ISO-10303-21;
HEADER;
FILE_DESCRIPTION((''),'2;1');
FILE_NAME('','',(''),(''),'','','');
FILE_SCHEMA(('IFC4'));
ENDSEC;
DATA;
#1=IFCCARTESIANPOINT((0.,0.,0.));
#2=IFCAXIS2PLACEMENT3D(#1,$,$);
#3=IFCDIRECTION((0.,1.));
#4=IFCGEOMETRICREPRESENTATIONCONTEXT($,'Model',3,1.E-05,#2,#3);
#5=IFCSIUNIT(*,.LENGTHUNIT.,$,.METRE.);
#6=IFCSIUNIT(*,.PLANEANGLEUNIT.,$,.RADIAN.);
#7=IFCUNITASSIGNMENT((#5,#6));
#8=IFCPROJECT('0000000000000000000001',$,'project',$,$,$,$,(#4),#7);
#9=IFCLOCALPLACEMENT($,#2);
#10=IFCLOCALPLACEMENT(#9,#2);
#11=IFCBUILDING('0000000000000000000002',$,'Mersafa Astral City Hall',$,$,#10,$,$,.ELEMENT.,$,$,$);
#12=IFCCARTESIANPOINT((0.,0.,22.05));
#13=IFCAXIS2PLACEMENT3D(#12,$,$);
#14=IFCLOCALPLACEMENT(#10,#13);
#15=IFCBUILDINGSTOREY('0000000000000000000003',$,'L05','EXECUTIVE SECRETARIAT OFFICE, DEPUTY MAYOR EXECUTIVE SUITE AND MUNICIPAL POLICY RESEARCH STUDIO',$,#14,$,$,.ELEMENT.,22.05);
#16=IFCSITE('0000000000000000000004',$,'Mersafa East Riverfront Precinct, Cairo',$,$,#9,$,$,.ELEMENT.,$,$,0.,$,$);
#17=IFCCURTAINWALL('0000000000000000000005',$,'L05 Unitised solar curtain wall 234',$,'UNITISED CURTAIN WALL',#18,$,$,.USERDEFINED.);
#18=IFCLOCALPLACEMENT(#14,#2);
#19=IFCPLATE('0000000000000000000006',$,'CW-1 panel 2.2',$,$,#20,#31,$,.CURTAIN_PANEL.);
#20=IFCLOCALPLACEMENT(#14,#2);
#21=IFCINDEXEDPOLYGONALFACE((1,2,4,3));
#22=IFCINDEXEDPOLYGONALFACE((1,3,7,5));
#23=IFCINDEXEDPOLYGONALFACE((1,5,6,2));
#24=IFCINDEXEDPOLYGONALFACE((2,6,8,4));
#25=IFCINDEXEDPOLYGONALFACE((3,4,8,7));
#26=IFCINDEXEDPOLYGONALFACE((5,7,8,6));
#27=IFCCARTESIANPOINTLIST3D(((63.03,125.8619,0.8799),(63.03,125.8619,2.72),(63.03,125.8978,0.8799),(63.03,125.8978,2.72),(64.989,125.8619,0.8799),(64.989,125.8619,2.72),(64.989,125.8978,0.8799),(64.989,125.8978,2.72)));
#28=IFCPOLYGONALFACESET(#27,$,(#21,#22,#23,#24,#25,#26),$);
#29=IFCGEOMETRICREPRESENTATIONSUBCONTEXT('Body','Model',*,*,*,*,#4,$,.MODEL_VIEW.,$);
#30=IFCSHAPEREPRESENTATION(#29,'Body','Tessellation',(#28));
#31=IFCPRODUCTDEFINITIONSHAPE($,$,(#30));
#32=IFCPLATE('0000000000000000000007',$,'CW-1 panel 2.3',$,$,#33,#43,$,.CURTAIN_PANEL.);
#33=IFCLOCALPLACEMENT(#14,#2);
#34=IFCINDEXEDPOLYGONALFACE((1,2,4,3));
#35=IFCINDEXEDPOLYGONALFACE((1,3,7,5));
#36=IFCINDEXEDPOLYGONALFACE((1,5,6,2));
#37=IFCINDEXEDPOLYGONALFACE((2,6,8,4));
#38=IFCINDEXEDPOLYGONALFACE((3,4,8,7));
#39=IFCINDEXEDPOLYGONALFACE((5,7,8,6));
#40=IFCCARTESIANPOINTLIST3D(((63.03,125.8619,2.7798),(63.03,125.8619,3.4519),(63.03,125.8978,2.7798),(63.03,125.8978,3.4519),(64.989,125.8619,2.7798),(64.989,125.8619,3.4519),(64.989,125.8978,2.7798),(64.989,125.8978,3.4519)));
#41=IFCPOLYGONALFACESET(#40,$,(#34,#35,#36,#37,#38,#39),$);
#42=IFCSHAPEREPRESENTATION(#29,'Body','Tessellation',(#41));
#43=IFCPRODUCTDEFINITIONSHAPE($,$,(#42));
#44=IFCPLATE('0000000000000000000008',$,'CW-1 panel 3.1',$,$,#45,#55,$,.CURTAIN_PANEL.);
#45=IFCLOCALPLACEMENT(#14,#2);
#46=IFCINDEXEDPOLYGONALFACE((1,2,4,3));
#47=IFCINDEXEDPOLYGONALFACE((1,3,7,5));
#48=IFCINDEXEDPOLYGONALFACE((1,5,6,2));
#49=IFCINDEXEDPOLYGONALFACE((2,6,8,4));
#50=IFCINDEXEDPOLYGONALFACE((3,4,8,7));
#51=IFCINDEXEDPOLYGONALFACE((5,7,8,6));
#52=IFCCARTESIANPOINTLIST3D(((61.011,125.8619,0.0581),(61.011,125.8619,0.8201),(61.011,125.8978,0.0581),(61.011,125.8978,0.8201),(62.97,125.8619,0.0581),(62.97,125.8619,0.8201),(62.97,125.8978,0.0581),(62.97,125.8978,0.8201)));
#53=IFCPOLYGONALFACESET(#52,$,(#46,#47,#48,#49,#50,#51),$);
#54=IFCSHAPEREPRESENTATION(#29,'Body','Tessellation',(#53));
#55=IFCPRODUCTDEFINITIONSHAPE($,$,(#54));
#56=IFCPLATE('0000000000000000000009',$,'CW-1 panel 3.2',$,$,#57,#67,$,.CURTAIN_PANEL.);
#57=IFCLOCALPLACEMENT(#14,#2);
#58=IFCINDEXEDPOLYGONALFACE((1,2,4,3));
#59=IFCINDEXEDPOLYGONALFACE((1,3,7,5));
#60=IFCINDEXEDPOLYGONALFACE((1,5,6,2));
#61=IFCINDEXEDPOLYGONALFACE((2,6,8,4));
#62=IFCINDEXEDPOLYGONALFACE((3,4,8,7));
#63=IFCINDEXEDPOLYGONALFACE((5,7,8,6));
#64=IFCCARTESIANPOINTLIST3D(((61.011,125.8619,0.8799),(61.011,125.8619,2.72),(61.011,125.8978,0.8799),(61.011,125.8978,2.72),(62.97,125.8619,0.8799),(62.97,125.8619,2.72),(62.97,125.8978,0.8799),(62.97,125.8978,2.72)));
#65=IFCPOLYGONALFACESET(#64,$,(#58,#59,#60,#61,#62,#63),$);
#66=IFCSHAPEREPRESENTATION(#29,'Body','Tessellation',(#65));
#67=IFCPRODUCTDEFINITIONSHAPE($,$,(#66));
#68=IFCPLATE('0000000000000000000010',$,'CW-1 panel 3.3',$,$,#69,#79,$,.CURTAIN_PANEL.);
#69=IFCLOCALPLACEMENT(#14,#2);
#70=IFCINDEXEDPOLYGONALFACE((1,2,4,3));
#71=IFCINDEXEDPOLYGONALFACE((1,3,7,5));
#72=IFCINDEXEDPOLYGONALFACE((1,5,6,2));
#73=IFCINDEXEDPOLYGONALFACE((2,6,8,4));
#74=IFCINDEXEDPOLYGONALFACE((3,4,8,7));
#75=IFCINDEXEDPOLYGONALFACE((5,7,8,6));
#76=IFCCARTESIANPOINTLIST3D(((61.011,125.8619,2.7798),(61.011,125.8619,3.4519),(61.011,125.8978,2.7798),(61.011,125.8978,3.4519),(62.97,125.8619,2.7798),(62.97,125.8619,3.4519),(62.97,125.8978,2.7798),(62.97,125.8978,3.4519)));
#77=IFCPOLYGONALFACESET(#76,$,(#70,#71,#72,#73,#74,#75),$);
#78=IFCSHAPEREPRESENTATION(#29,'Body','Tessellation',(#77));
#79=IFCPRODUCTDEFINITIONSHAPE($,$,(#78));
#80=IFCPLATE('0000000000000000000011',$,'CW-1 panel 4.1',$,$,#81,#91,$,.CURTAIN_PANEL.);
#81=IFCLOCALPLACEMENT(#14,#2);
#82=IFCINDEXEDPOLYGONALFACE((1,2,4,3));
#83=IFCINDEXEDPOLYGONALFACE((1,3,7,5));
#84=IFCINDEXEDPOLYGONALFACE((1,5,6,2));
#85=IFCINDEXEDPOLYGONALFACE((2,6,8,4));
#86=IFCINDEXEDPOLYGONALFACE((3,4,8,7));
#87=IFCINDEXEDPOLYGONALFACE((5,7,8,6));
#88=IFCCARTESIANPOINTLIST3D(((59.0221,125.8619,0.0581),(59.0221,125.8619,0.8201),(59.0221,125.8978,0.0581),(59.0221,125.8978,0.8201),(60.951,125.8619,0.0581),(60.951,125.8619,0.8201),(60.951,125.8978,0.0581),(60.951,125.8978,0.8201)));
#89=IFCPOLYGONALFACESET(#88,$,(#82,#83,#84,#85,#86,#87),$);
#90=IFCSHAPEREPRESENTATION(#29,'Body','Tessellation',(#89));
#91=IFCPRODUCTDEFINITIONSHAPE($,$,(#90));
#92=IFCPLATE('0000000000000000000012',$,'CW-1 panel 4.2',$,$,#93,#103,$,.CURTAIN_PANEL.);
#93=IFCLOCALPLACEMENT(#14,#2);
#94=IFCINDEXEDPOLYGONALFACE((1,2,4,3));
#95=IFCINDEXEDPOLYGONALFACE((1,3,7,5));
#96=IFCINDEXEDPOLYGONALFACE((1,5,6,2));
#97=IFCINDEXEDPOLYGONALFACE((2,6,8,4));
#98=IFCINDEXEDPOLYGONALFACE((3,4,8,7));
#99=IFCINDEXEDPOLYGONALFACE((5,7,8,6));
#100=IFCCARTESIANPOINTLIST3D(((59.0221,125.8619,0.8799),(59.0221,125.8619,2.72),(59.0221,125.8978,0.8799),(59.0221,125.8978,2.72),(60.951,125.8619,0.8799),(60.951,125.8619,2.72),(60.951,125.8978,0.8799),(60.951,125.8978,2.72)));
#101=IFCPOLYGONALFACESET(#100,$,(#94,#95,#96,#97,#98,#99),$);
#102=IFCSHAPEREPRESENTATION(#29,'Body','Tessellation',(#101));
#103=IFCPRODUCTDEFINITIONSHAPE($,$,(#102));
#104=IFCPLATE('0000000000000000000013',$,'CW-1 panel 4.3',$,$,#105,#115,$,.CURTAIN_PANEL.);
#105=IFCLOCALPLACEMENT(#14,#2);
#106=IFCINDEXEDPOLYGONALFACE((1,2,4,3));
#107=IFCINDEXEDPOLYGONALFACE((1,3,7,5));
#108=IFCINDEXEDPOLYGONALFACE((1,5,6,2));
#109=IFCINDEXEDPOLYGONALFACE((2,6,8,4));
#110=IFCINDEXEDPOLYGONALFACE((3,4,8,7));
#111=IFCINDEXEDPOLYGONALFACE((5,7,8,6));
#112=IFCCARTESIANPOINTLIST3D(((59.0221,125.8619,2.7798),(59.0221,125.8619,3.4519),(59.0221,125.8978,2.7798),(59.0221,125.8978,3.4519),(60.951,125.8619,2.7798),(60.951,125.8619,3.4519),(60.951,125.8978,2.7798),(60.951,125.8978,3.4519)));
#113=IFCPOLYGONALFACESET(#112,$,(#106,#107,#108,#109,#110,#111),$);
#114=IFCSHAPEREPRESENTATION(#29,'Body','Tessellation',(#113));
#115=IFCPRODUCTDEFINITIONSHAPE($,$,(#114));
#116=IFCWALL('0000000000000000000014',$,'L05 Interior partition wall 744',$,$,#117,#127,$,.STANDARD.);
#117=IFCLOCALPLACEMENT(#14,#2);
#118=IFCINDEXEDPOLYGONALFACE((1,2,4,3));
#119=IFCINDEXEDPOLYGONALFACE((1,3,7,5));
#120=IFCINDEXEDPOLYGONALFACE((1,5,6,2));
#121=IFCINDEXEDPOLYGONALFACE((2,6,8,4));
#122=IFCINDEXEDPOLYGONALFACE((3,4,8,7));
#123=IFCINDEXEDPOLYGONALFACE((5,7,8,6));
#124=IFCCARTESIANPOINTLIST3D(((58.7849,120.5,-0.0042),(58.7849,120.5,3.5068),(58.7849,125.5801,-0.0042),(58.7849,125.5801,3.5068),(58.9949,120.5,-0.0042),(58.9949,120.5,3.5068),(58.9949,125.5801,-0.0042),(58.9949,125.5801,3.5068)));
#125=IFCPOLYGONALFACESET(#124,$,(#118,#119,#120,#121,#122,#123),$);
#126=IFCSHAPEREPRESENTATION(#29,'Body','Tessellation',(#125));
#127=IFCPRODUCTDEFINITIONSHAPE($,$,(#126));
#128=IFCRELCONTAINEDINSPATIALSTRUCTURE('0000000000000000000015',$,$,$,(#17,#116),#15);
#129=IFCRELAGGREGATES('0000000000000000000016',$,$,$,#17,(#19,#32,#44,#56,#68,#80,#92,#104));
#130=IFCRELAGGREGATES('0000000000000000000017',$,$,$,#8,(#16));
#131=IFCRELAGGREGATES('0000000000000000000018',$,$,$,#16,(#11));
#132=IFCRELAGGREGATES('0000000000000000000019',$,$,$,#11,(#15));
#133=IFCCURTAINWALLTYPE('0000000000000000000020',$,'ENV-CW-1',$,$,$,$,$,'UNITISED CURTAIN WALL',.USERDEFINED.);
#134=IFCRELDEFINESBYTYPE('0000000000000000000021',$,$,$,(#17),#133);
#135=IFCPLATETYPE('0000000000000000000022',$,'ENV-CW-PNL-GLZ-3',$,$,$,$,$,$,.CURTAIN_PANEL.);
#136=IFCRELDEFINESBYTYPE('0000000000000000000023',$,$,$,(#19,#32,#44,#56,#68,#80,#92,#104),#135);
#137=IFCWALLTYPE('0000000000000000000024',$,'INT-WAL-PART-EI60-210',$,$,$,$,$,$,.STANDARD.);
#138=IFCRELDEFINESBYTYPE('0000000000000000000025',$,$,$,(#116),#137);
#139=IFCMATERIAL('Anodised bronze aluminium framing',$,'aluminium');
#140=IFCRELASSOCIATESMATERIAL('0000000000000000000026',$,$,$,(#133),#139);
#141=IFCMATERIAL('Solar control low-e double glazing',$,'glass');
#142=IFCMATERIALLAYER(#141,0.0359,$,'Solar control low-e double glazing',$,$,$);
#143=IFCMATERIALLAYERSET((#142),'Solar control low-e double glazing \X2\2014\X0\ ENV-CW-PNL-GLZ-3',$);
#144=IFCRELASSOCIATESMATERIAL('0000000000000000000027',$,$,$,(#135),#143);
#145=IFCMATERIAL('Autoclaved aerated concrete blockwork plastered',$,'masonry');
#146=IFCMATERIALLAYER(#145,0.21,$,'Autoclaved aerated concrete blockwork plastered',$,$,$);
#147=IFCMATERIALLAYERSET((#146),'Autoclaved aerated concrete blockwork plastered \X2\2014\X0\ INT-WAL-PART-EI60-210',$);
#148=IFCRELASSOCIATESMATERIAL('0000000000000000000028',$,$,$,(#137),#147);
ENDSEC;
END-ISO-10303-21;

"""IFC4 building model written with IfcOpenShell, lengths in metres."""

from ifc_helpers import new_model, si_unit, direction, frame, frame_2d, origin, origin_2d, place, context, subcontext, project, spatial, rectangle, extrude, material, layer, layer_set, type_object, element, aggregate, save


model = new_model("IFC4")

# Units and contexts
model_context = context("Model", 3, precision=1e-05, world=origin(), true_north=direction((0.0, 1.0)))
body_context = subcontext(model_context, "Body", "Model", "MODEL_VIEW")
ifc_project = project(units=[si_unit("LENGTHUNIT", "METRE"), si_unit("PLANEANGLEUNIT", "RADIAN")], contexts=[model_context])

# Site, building, storey
site_placement = place(None, origin())
site = spatial("IfcSite", under=ifc_project, at=site_placement, Name="Mersafa East Riverfront Precinct, Cairo", CompositionType="ELEMENT", RefElevation=0.0)
building_placement = place(site_placement, origin())
building = spatial("IfcBuilding", under=site, at=building_placement, Name="Mersafa Astral City Hall", CompositionType="ELEMENT")
storey_placement = place(building_placement, frame((0.0, 0.0, 22.05)))
storey = spatial("IfcBuildingStorey", under=building, at=storey_placement, Name="L05", Description="EXECUTIVE SECRETARIAT OFFICE, DEPUTY MAYOR EXECUTIVE SUITE AND MUNICIPAL POLICY RESEARCH STUDIO", CompositionType="ELEMENT", Elevation=22.05)

# Curtain wall
ifc_material_1 = material(Name="Anodised bronze aluminium framing", Category="aluminium")
curtain_wall_type = type_object("IfcCurtainWallType", Name="ENV-CW-1", ElementType="UNITISED CURTAIN WALL", PredefinedType="USERDEFINED", material=ifc_material_1)
curtain_wall_placement = place(storey_placement, origin())
curtain_wall = element("IfcCurtainWall", 1, at=curtain_wall_placement, inside=storey, type_object=curtain_wall_type, Name="L05 Unitised solar curtain wall 234", ObjectType="UNITISED CURTAIN WALL", PredefinedType="USERDEFINED")

# Plates
ifc_material_2 = material(Name="Solar control low-e double glazing", Category="glass")
ifc_layer_1 = layer(ifc_material_2, 0.0359, Name="Solar control low-e double glazing")
ifc_layer_set_1 = layer_set([ifc_layer_1], Name="Solar control low-e double glazing — ENV-CW-PNL-GLZ-3")
plate_type = type_object("IfcPlateType", Name="ENV-CW-PNL-GLZ-3", PredefinedType="CURTAIN_PANEL", material=ifc_layer_set_1)
plate_1_placement = place(storey_placement, frame((64.0095, 125.8799, 0.8799), z_axis=(0.0, 0.0, 1.0), x_axis=(-1.0, 0.0, 0.0)))
plate_1 = element("IfcPlate", 2, at=plate_1_placement, type_object=plate_type, Name="CW-1 panel 2.2", PredefinedType="CURTAIN_PANEL", context=body_context, shape_type="SweptSolid", body=[
    extrude(rectangle(XDim=1.959, YDim=0.0359, at=origin_2d()), origin(), (0.0, 0.0, 1.0), 1.8401),
])
plate_2_placement = place(storey_placement, frame((64.0095, 125.8799, 2.7798), z_axis=(0.0, 0.0, 1.0), x_axis=(-1.0, 0.0, 0.0)))
plate_2 = element("IfcPlate", 3, at=plate_2_placement, type_object=plate_type, Name="CW-1 panel 2.3", PredefinedType="CURTAIN_PANEL", context=body_context, shape_type="SweptSolid", body=[
    extrude(rectangle(XDim=1.959, YDim=0.0359, at=origin_2d()), origin(), (0.0, 0.0, 1.0), 0.6721),
])
plate_3_placement = place(storey_placement, frame((61.9905, 125.8799, 0.0581), z_axis=(0.0, 0.0, 1.0), x_axis=(-1.0, 0.0, 0.0)))
plate_3 = element("IfcPlate", 4, at=plate_3_placement, type_object=plate_type, Name="CW-1 panel 3.1", PredefinedType="CURTAIN_PANEL", context=body_context, shape_type="SweptSolid", body=[
    extrude(rectangle(XDim=1.959, YDim=0.0359, at=origin_2d()), origin(), (0.0, 0.0, 1.0), 0.762),
])
plate_4_placement = place(storey_placement, frame((61.9905, 125.8799, 0.8799), z_axis=(0.0, 0.0, 1.0), x_axis=(-1.0, 0.0, 0.0)))
plate_4 = element("IfcPlate", 5, at=plate_4_placement, type_object=plate_type, Name="CW-1 panel 3.2", PredefinedType="CURTAIN_PANEL", context=body_context, shape_type="SweptSolid", body=[
    extrude(rectangle(XDim=1.959, YDim=0.0359, at=origin_2d()), origin(), (0.0, 0.0, 1.0), 1.8401),
])
plate_5_placement = place(storey_placement, frame((61.9905, 125.8799, 2.7798), z_axis=(0.0, 0.0, 1.0), x_axis=(-1.0, 0.0, 0.0)))
plate_5 = element("IfcPlate", 6, at=plate_5_placement, type_object=plate_type, Name="CW-1 panel 3.3", PredefinedType="CURTAIN_PANEL", context=body_context, shape_type="SweptSolid", body=[
    extrude(rectangle(XDim=1.959, YDim=0.0359, at=origin_2d()), origin(), (0.0, 0.0, 1.0), 0.6721),
])
plate_6_placement = place(storey_placement, frame((59.9866, 125.8799, 0.0581), z_axis=(0.0, 0.0, 1.0), x_axis=(-1.0, 0.0, 0.0)))
plate_6 = element("IfcPlate", 7, at=plate_6_placement, type_object=plate_type, Name="CW-1 panel 4.1", PredefinedType="CURTAIN_PANEL", context=body_context, shape_type="SweptSolid", body=[
    extrude(rectangle(XDim=1.929, YDim=0.0359, at=origin_2d()), origin(), (0.0, 0.0, 1.0), 0.762),
])
plate_7_placement = place(storey_placement, frame((59.9866, 125.8799, 0.8799), z_axis=(0.0, 0.0, 1.0), x_axis=(-1.0, 0.0, 0.0)))
plate_7 = element("IfcPlate", 8, at=plate_7_placement, type_object=plate_type, Name="CW-1 panel 4.2", PredefinedType="CURTAIN_PANEL", context=body_context, shape_type="SweptSolid", body=[
    extrude(rectangle(XDim=1.929, YDim=0.0359, at=origin_2d()), origin(), (0.0, 0.0, 1.0), 1.8401),
])
plate_8_placement = place(storey_placement, frame((59.9866, 125.8799, 2.7798), z_axis=(0.0, 0.0, 1.0), x_axis=(-1.0, 0.0, 0.0)))
plate_8 = element("IfcPlate", 9, at=plate_8_placement, type_object=plate_type, Name="CW-1 panel 4.3", PredefinedType="CURTAIN_PANEL", context=body_context, shape_type="SweptSolid", body=[
    extrude(rectangle(XDim=1.929, YDim=0.0359, at=origin_2d()), origin(), (0.0, 0.0, 1.0), 0.6721),
])
aggregate(curtain_wall, [plate_1, plate_2, plate_3, plate_4, plate_5, plate_6, plate_7, plate_8])

# Wall
ifc_material_3 = material(Name="Autoclaved aerated concrete blockwork plastered", Category="masonry")
ifc_layer_2 = layer(ifc_material_3, 0.21, Name="Autoclaved aerated concrete blockwork plastered")
ifc_layer_set_2 = layer_set([ifc_layer_2], Name="Autoclaved aerated concrete blockwork plastered — INT-WAL-PART-EI60-210")
wall_type = type_object("IfcWallType", Name="INT-WAL-PART-EI60-210", PredefinedType="STANDARD", material=ifc_layer_set_2)
wall_placement = place(storey_placement, frame((58.8899, 120.5, -0.0042), z_axis=(0.0, 0.0, 1.0), x_axis=(0.0, 1.0, 0.0)))
element("IfcWall", 10, at=wall_placement, inside=storey, type_object=wall_type, Name="L05 Interior partition wall 744", PredefinedType="STANDARD", context=body_context, shape_type="SweptSolid", body=[
    extrude(rectangle(XDim=5.0801, YDim=0.21, at=frame_2d((2.54, 0.0))), origin(), (0.0, 0.0, 1.0), 3.511),
])

save(model, "model.ifc")
